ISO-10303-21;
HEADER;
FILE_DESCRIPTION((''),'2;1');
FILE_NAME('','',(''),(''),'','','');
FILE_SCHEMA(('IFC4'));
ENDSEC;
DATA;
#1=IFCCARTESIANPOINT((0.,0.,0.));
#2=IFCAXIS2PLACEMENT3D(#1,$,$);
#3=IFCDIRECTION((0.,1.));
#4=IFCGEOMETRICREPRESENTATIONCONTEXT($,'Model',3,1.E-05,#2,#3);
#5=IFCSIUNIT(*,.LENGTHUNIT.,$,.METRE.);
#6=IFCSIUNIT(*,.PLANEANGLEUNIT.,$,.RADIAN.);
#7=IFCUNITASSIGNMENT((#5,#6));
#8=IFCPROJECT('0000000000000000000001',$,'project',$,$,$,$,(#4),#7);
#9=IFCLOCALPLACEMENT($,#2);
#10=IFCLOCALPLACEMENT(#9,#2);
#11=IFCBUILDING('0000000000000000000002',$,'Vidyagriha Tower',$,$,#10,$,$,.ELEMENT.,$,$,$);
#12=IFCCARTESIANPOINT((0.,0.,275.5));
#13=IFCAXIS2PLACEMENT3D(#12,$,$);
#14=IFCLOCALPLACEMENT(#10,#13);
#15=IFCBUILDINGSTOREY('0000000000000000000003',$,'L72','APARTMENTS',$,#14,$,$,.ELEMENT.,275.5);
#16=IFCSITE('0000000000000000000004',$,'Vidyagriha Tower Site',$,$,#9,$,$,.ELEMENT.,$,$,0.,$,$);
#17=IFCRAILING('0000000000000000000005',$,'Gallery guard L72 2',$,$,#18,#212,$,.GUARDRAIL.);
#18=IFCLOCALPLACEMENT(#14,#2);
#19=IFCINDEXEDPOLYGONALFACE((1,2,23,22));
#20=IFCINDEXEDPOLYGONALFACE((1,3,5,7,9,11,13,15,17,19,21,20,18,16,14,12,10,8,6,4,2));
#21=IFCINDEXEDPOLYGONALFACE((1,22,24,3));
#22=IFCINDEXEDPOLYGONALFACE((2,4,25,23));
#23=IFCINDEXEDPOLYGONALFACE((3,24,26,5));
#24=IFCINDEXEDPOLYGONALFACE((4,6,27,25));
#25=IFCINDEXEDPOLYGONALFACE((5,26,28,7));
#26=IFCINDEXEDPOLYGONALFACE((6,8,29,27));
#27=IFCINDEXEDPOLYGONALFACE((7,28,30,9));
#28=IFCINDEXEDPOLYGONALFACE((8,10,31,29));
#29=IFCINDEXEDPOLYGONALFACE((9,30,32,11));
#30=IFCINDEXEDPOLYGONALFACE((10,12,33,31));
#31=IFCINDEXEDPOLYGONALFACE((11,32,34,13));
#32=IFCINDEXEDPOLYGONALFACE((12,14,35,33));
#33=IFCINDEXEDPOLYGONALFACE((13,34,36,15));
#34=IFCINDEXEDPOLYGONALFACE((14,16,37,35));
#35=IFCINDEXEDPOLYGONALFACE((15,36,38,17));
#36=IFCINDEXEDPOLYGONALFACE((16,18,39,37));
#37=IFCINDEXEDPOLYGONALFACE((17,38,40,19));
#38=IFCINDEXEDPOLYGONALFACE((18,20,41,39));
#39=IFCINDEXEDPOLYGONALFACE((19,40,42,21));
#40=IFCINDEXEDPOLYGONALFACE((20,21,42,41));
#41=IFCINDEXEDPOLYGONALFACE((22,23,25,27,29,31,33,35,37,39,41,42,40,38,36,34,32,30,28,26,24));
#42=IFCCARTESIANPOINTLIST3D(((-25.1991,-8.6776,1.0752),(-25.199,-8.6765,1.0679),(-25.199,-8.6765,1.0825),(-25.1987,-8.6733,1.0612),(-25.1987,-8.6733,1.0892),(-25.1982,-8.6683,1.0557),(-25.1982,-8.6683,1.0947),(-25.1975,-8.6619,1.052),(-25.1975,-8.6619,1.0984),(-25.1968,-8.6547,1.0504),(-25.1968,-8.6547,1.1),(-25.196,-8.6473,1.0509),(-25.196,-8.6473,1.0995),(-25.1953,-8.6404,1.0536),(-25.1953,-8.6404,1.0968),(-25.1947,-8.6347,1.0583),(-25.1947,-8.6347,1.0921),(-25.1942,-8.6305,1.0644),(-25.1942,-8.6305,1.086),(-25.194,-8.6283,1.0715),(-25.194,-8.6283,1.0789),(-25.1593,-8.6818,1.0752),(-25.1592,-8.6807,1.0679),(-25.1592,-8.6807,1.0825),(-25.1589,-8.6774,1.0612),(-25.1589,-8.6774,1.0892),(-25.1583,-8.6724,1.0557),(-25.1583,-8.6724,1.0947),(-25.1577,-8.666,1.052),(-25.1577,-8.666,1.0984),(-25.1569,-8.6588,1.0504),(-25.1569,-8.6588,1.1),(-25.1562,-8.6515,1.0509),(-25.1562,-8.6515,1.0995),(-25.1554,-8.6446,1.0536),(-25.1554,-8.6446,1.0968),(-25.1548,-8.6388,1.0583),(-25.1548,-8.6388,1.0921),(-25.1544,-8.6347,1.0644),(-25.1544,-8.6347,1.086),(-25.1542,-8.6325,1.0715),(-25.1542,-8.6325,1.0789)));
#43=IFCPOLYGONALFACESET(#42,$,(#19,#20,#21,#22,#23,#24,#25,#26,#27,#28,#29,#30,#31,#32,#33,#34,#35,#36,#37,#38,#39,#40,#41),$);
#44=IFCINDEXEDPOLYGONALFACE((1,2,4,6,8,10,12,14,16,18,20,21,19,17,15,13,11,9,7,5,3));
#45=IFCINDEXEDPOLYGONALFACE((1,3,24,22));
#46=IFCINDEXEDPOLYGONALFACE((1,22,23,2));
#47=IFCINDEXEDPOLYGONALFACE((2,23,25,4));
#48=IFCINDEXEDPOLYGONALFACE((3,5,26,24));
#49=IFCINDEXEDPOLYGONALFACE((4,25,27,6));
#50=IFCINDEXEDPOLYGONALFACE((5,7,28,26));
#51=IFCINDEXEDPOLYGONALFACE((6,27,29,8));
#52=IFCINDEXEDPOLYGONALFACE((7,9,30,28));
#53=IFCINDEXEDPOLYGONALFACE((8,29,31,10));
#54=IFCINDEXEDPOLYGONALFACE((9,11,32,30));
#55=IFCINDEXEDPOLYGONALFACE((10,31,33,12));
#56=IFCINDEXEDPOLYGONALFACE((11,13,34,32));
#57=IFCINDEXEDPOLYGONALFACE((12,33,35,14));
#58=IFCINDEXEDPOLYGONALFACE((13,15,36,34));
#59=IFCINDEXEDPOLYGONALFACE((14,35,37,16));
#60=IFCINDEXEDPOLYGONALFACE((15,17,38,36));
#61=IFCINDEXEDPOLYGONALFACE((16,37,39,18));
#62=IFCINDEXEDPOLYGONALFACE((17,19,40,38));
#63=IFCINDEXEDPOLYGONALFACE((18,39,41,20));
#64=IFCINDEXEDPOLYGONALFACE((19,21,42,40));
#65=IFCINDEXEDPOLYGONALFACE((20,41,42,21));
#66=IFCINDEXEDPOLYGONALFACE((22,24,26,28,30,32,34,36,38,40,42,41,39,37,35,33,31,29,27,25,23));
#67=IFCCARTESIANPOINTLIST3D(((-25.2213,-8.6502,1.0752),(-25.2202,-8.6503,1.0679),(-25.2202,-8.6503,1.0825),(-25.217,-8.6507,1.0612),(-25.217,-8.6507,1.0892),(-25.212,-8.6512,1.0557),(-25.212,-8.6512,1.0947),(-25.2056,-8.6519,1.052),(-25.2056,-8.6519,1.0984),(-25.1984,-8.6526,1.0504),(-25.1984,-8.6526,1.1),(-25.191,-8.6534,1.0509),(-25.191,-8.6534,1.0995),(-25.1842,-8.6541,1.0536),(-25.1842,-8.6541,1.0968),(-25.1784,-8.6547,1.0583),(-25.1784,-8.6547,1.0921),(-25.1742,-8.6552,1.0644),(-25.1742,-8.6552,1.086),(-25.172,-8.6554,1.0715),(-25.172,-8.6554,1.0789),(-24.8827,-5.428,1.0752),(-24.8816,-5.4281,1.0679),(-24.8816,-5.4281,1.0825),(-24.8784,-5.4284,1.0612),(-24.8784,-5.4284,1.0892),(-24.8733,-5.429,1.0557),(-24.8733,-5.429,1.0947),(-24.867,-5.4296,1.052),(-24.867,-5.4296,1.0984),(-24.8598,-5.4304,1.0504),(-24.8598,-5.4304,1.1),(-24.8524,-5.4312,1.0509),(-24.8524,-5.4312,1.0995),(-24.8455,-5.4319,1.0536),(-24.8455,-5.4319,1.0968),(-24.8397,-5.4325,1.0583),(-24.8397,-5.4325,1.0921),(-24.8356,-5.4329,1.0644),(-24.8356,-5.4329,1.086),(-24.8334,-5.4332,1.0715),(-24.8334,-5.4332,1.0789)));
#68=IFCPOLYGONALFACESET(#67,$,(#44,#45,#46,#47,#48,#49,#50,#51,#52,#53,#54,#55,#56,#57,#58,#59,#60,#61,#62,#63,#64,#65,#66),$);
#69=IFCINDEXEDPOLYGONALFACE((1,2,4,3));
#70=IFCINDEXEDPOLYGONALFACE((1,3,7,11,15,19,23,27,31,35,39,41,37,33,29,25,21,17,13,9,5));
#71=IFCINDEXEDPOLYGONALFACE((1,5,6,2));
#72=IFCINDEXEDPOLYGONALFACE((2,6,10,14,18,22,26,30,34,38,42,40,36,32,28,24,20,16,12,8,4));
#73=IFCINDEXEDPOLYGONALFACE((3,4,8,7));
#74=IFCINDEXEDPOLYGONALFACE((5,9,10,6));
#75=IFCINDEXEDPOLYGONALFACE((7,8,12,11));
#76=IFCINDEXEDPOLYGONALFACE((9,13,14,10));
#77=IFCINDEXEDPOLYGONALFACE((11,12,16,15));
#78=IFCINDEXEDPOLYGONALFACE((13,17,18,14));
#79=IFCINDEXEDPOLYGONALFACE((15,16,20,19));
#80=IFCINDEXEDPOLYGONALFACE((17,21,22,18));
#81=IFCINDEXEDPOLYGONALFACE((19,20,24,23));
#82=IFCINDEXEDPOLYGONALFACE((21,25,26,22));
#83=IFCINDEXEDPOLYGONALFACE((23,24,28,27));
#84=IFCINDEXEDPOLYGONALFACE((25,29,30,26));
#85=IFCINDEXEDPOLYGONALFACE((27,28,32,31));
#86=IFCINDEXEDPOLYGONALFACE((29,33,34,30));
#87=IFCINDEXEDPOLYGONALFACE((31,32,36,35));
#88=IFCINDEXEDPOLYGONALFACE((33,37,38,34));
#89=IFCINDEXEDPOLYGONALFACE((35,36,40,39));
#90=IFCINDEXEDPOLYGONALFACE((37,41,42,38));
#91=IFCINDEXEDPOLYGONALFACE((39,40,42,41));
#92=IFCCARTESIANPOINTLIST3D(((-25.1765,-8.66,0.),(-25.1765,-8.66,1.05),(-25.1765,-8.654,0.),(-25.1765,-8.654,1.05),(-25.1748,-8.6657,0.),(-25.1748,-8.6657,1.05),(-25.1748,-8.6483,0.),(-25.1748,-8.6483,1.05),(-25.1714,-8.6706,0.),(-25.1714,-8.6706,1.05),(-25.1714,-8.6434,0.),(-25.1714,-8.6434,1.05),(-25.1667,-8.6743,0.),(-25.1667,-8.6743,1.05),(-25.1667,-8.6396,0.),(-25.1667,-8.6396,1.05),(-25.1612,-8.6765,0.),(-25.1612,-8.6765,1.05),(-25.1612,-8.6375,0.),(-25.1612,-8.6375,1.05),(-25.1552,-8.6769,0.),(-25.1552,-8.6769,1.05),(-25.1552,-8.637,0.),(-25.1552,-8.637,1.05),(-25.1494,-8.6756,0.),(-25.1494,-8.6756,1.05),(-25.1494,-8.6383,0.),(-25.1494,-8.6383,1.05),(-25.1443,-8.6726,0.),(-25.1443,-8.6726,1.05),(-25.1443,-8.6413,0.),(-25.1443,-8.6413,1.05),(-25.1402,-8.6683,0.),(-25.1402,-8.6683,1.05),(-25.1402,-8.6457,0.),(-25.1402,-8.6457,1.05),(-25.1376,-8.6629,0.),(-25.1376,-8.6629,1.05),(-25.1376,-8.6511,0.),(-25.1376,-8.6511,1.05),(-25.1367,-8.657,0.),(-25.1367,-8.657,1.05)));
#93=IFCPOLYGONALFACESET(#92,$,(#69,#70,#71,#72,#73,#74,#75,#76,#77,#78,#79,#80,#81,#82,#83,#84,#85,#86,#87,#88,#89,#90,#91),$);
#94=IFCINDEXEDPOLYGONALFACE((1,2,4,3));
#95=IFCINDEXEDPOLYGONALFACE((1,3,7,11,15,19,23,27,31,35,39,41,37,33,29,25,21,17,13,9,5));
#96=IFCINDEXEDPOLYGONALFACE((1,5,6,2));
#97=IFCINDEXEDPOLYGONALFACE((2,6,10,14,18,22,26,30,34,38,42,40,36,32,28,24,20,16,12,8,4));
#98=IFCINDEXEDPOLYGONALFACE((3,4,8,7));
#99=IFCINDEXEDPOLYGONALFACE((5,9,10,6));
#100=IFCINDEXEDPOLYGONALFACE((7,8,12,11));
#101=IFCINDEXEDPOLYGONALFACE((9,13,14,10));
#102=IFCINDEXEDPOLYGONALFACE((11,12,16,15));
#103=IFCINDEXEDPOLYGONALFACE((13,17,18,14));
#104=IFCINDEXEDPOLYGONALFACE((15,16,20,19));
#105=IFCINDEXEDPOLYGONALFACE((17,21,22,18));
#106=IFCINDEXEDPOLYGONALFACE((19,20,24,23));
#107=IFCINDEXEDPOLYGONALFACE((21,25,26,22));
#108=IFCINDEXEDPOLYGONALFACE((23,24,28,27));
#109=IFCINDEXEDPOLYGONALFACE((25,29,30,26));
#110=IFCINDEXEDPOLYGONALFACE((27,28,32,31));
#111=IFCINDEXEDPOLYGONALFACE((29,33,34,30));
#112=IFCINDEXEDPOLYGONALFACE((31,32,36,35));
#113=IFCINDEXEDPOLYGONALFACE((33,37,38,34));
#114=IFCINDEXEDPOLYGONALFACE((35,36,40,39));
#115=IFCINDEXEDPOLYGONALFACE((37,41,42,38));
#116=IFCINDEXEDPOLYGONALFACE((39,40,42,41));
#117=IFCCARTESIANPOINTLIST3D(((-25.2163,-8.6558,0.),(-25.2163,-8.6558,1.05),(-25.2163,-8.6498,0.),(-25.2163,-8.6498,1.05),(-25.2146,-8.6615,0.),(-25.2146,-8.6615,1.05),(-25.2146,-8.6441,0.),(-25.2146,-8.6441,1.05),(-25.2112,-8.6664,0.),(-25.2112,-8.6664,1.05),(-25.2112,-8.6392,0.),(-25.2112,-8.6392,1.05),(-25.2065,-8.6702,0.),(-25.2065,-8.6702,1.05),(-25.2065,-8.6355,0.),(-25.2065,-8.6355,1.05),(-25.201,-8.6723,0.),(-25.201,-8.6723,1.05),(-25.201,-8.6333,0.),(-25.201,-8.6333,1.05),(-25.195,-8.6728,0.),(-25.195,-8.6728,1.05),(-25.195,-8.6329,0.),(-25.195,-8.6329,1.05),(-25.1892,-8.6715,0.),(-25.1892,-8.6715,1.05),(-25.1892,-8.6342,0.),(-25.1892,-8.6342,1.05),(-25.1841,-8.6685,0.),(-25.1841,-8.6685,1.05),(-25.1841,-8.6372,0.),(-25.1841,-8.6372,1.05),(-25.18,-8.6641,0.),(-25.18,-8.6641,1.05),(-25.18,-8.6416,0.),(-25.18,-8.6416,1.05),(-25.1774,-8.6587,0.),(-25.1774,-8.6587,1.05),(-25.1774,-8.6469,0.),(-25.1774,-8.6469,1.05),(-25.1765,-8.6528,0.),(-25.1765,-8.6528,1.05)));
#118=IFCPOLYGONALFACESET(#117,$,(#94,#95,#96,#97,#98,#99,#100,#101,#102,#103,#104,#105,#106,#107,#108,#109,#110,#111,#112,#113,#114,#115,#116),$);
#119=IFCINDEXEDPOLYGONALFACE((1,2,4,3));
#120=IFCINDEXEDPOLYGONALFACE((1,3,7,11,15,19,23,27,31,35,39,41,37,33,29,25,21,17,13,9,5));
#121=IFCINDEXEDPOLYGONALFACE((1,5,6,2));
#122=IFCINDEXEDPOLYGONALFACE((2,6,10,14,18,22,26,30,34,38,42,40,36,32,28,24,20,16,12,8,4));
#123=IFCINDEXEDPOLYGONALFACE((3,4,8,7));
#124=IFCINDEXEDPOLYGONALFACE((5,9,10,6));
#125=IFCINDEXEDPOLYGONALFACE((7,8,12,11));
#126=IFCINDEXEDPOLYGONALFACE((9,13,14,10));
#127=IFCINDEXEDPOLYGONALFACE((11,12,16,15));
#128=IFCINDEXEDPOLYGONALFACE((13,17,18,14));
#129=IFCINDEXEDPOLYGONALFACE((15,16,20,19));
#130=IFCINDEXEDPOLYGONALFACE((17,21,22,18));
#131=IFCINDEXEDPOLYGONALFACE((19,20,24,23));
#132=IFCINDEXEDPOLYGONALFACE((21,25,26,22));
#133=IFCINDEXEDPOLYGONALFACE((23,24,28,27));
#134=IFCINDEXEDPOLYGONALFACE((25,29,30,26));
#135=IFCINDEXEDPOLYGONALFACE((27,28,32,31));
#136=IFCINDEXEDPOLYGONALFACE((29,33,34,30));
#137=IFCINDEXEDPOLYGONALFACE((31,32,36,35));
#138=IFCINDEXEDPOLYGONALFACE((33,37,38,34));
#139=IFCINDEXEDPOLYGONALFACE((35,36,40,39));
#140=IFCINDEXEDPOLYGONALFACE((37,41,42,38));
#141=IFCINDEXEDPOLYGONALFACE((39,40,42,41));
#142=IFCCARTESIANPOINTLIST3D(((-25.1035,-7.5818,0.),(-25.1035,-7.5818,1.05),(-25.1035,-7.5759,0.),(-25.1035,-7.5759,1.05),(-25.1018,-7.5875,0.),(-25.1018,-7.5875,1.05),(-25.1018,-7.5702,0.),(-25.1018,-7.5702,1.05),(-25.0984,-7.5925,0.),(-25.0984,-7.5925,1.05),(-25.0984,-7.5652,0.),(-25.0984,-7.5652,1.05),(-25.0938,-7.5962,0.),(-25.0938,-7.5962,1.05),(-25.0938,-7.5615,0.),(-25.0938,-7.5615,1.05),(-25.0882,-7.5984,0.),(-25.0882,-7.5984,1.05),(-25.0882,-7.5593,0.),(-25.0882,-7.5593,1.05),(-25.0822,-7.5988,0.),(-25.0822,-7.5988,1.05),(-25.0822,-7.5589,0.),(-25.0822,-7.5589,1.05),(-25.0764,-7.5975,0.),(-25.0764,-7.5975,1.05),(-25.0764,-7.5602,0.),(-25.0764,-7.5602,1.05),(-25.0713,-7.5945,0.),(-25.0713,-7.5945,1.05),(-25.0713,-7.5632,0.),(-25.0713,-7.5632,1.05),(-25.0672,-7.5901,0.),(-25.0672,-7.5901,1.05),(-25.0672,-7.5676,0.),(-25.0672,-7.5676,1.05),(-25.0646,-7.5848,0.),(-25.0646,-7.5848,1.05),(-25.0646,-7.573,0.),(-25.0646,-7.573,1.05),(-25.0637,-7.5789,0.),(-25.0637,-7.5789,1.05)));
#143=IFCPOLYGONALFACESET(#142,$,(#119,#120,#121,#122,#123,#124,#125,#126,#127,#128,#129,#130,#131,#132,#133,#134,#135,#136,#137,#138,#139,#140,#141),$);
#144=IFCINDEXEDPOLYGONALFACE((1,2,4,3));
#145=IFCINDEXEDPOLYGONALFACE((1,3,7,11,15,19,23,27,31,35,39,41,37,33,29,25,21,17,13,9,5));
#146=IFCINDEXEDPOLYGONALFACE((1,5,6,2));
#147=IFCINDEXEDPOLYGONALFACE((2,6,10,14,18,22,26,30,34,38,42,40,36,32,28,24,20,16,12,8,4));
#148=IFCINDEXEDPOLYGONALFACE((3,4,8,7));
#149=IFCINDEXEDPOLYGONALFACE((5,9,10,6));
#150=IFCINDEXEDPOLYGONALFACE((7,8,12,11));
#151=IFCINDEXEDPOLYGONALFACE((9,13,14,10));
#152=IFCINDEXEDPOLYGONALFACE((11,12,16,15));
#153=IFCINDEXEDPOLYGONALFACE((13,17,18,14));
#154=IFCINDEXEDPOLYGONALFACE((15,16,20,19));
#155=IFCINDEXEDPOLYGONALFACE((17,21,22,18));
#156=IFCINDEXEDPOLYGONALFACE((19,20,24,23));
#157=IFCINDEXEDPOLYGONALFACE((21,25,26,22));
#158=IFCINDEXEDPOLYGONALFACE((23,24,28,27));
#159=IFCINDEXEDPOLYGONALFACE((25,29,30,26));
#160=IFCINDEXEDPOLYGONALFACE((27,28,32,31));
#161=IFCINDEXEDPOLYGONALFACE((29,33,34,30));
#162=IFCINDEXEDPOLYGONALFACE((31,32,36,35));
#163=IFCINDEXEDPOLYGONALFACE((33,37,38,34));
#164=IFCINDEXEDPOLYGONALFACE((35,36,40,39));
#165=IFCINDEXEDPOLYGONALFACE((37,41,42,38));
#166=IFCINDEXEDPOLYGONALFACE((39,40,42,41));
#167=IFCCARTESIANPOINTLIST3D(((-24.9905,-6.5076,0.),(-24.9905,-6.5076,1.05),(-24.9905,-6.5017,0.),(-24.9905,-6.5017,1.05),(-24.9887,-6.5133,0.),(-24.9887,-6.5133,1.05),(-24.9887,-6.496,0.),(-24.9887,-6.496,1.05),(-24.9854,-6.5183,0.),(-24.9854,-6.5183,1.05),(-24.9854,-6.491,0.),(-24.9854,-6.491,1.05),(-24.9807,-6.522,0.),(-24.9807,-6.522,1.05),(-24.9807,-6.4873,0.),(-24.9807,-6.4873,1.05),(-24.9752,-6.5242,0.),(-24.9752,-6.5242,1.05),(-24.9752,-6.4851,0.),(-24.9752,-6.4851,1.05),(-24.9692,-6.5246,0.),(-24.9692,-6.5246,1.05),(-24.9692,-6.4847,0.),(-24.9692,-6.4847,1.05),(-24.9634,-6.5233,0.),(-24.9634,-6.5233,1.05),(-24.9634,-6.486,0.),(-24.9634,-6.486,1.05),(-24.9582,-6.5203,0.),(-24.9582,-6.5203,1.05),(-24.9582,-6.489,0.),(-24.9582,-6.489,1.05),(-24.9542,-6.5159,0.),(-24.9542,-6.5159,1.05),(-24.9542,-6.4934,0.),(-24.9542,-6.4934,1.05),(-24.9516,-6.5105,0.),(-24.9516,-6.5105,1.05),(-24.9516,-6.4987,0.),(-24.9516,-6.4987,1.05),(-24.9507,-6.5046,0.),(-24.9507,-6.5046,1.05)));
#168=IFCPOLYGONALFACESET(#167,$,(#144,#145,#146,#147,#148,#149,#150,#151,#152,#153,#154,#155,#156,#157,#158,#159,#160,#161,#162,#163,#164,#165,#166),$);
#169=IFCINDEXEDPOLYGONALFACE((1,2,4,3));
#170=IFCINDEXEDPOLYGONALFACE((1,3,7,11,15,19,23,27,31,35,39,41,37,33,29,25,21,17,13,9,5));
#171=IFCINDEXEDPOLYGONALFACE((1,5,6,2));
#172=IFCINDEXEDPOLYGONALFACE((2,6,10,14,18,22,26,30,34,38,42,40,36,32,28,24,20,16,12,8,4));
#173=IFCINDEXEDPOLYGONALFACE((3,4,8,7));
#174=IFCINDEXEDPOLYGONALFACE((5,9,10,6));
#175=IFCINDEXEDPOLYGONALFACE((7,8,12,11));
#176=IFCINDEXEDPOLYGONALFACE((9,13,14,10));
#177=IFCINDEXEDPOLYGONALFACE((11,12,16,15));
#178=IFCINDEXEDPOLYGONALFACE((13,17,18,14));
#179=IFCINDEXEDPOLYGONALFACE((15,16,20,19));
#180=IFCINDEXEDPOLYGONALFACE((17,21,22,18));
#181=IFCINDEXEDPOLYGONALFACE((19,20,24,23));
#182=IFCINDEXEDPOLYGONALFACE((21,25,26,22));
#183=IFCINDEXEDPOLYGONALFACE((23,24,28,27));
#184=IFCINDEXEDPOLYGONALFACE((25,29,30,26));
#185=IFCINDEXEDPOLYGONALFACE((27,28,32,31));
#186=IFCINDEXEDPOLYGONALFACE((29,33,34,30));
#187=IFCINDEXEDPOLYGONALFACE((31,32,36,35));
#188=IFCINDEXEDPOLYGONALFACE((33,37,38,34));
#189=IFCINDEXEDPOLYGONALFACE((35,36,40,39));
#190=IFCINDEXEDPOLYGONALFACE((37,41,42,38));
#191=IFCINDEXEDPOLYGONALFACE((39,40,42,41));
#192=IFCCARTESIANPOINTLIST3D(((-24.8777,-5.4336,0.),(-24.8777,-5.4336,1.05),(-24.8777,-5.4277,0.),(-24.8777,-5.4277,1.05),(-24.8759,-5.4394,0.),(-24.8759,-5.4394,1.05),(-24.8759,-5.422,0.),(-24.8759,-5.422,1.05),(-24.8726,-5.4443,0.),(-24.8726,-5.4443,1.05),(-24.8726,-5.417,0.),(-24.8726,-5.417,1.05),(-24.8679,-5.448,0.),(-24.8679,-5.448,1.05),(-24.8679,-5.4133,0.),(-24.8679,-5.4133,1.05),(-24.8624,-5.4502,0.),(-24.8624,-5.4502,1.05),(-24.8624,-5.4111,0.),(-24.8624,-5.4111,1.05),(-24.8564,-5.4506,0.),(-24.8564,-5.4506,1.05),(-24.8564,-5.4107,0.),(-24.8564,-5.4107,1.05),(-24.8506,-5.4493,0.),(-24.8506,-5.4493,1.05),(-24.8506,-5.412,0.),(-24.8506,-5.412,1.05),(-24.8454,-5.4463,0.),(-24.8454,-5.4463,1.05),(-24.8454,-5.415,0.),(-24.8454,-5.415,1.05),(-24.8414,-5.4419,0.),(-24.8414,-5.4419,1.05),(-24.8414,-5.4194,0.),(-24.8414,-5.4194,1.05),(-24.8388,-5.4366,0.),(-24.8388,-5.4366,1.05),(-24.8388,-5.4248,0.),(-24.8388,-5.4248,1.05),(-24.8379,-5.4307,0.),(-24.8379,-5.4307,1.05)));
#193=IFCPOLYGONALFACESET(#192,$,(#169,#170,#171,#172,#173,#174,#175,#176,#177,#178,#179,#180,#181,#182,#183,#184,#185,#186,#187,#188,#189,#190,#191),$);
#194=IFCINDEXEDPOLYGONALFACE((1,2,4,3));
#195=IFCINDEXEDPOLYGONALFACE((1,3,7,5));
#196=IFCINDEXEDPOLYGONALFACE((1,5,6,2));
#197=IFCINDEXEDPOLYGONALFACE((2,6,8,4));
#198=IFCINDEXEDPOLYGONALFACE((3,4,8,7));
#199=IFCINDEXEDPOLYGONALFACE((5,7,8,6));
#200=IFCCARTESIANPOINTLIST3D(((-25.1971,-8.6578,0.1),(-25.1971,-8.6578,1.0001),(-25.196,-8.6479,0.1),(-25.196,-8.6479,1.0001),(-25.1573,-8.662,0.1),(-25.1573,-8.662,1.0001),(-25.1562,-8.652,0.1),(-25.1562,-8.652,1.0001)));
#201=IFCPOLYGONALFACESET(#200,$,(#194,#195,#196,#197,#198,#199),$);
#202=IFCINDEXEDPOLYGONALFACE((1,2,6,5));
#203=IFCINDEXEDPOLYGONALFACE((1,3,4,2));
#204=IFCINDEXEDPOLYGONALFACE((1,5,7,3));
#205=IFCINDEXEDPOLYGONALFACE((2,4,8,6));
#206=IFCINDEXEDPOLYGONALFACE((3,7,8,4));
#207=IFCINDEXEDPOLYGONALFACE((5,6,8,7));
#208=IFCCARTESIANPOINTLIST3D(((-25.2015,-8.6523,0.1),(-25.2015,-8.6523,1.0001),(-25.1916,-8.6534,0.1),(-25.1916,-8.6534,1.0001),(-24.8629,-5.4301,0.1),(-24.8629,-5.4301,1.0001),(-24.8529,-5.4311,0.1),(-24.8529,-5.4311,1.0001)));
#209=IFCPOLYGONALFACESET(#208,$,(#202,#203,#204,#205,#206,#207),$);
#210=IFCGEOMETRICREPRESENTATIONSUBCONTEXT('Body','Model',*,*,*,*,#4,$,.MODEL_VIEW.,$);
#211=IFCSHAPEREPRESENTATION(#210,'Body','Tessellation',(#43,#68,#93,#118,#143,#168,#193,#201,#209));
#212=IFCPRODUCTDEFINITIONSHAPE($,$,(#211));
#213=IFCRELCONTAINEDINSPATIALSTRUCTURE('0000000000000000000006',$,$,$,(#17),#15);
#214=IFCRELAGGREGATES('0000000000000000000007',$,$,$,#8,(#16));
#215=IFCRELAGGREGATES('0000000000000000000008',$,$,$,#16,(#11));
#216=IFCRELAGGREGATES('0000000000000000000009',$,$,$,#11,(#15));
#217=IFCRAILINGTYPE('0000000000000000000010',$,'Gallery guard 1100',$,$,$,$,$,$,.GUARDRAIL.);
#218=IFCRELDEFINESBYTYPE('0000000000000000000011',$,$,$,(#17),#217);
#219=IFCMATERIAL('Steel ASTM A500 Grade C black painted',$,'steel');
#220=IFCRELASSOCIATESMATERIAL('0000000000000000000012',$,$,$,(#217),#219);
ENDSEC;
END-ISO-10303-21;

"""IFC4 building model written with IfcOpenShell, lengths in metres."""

from ifc_helpers import new_model, si_unit, direction, frame, origin, origin_2d, place, context, subcontext, project, spatial, rectangle, circle, extrude, material, type_object, element, save


model = new_model("IFC4")

# Units and contexts
model_context = context("Model", 3, precision=1e-05, world=origin(), true_north=direction((0.0, 1.0)))
body_context = subcontext(model_context, "Body", "Model", "MODEL_VIEW")
ifc_project = project(units=[si_unit("LENGTHUNIT", "METRE"), si_unit("PLANEANGLEUNIT", "RADIAN")], contexts=[model_context])

# Site, building, storey
site_placement = place(None, origin())
site = spatial("IfcSite", under=ifc_project, at=site_placement, Name="Vidyagriha Tower Site", CompositionType="ELEMENT", RefElevation=0.0)
building_placement = place(site_placement, origin())
building = spatial("IfcBuilding", under=site, at=building_placement, Name="Vidyagriha Tower", CompositionType="ELEMENT")
storey_placement = place(building_placement, frame((0.0, 0.0, 275.5)))
storey = spatial("IfcBuildingStorey", under=building, at=storey_placement, Name="L72", Description="APARTMENTS", CompositionType="ELEMENT", Elevation=275.5)

# Railing
ifc_material_1 = material(Name="Steel ASTM A500 Grade C black painted", Category="steel")
railing_type_1 = type_object("IfcRailingType", Name="Gallery guard 1100", PredefinedType="GUARDRAIL", material=ifc_material_1)
railing_1_placement = place(storey_placement, frame((-25.1567, -8.657, 0.0)))
element("IfcRailing", 1, at=railing_1_placement, inside=storey, type_object=railing_type_1, Name="Gallery guard L72 2", PredefinedType="GUARDRAIL", context=body_context, shape_type="SweptSolid", body=[
    extrude(circle(Radius=0.0249, at=origin_2d()), frame((0.0, 0.0, 1.0752), z_axis=(-0.994605, 0.103732, 0.0), x_axis=(-0.103732, -0.994605, 0.0)), (0.0, 0.0, 1.0), 0.04),
    extrude(circle(Radius=0.0249, at=origin_2d()), frame((-0.0398, 0.0042, 1.0752), z_axis=(0.104516, 0.994523, 0.0), x_axis=(-0.994523, 0.104516, 0.0)), (0.0, 0.0, 1.0), 3.24),
    extrude(circle(Radius=0.02, at=origin_2d()), origin(), (0.0, 0.0, 1.0), 1.05),
    extrude(circle(Radius=0.02, at=origin_2d()), frame((-0.0398, 0.0042, 0.0)), (0.0, 0.0, 1.0), 1.05),
    extrude(circle(Radius=0.02, at=origin_2d()), frame((0.073, 1.0781, 0.0)), (0.0, 0.0, 1.0), 1.05),
    extrude(circle(Radius=0.02, at=origin_2d()), frame((0.186, 2.1523, 0.0)), (0.0, 0.0, 1.0), 1.05),
    extrude(circle(Radius=0.02, at=origin_2d()), frame((0.2988, 3.2263, 0.0)), (0.0, 0.0, 1.0), 1.05),
    extrude(rectangle(XDim=0.01, YDim=0.9001, at=origin_2d()), frame((0.0, 0.0, 0.55), z_axis=(-0.994605, 0.103732, 0.0), x_axis=(-0.103732, -0.994605, 0.0)), (0.0, 0.0, 1.0), 0.04),
    extrude(rectangle(XDim=0.01, YDim=0.9001, at=origin_2d()), frame((-0.0398, 0.0042, 0.55), z_axis=(0.104516, 0.994523, 0.0), x_axis=(-0.994523, 0.104516, 0.0)), (0.0, 0.0, 1.0), 3.24),
])

save(model, "model.ifc")
